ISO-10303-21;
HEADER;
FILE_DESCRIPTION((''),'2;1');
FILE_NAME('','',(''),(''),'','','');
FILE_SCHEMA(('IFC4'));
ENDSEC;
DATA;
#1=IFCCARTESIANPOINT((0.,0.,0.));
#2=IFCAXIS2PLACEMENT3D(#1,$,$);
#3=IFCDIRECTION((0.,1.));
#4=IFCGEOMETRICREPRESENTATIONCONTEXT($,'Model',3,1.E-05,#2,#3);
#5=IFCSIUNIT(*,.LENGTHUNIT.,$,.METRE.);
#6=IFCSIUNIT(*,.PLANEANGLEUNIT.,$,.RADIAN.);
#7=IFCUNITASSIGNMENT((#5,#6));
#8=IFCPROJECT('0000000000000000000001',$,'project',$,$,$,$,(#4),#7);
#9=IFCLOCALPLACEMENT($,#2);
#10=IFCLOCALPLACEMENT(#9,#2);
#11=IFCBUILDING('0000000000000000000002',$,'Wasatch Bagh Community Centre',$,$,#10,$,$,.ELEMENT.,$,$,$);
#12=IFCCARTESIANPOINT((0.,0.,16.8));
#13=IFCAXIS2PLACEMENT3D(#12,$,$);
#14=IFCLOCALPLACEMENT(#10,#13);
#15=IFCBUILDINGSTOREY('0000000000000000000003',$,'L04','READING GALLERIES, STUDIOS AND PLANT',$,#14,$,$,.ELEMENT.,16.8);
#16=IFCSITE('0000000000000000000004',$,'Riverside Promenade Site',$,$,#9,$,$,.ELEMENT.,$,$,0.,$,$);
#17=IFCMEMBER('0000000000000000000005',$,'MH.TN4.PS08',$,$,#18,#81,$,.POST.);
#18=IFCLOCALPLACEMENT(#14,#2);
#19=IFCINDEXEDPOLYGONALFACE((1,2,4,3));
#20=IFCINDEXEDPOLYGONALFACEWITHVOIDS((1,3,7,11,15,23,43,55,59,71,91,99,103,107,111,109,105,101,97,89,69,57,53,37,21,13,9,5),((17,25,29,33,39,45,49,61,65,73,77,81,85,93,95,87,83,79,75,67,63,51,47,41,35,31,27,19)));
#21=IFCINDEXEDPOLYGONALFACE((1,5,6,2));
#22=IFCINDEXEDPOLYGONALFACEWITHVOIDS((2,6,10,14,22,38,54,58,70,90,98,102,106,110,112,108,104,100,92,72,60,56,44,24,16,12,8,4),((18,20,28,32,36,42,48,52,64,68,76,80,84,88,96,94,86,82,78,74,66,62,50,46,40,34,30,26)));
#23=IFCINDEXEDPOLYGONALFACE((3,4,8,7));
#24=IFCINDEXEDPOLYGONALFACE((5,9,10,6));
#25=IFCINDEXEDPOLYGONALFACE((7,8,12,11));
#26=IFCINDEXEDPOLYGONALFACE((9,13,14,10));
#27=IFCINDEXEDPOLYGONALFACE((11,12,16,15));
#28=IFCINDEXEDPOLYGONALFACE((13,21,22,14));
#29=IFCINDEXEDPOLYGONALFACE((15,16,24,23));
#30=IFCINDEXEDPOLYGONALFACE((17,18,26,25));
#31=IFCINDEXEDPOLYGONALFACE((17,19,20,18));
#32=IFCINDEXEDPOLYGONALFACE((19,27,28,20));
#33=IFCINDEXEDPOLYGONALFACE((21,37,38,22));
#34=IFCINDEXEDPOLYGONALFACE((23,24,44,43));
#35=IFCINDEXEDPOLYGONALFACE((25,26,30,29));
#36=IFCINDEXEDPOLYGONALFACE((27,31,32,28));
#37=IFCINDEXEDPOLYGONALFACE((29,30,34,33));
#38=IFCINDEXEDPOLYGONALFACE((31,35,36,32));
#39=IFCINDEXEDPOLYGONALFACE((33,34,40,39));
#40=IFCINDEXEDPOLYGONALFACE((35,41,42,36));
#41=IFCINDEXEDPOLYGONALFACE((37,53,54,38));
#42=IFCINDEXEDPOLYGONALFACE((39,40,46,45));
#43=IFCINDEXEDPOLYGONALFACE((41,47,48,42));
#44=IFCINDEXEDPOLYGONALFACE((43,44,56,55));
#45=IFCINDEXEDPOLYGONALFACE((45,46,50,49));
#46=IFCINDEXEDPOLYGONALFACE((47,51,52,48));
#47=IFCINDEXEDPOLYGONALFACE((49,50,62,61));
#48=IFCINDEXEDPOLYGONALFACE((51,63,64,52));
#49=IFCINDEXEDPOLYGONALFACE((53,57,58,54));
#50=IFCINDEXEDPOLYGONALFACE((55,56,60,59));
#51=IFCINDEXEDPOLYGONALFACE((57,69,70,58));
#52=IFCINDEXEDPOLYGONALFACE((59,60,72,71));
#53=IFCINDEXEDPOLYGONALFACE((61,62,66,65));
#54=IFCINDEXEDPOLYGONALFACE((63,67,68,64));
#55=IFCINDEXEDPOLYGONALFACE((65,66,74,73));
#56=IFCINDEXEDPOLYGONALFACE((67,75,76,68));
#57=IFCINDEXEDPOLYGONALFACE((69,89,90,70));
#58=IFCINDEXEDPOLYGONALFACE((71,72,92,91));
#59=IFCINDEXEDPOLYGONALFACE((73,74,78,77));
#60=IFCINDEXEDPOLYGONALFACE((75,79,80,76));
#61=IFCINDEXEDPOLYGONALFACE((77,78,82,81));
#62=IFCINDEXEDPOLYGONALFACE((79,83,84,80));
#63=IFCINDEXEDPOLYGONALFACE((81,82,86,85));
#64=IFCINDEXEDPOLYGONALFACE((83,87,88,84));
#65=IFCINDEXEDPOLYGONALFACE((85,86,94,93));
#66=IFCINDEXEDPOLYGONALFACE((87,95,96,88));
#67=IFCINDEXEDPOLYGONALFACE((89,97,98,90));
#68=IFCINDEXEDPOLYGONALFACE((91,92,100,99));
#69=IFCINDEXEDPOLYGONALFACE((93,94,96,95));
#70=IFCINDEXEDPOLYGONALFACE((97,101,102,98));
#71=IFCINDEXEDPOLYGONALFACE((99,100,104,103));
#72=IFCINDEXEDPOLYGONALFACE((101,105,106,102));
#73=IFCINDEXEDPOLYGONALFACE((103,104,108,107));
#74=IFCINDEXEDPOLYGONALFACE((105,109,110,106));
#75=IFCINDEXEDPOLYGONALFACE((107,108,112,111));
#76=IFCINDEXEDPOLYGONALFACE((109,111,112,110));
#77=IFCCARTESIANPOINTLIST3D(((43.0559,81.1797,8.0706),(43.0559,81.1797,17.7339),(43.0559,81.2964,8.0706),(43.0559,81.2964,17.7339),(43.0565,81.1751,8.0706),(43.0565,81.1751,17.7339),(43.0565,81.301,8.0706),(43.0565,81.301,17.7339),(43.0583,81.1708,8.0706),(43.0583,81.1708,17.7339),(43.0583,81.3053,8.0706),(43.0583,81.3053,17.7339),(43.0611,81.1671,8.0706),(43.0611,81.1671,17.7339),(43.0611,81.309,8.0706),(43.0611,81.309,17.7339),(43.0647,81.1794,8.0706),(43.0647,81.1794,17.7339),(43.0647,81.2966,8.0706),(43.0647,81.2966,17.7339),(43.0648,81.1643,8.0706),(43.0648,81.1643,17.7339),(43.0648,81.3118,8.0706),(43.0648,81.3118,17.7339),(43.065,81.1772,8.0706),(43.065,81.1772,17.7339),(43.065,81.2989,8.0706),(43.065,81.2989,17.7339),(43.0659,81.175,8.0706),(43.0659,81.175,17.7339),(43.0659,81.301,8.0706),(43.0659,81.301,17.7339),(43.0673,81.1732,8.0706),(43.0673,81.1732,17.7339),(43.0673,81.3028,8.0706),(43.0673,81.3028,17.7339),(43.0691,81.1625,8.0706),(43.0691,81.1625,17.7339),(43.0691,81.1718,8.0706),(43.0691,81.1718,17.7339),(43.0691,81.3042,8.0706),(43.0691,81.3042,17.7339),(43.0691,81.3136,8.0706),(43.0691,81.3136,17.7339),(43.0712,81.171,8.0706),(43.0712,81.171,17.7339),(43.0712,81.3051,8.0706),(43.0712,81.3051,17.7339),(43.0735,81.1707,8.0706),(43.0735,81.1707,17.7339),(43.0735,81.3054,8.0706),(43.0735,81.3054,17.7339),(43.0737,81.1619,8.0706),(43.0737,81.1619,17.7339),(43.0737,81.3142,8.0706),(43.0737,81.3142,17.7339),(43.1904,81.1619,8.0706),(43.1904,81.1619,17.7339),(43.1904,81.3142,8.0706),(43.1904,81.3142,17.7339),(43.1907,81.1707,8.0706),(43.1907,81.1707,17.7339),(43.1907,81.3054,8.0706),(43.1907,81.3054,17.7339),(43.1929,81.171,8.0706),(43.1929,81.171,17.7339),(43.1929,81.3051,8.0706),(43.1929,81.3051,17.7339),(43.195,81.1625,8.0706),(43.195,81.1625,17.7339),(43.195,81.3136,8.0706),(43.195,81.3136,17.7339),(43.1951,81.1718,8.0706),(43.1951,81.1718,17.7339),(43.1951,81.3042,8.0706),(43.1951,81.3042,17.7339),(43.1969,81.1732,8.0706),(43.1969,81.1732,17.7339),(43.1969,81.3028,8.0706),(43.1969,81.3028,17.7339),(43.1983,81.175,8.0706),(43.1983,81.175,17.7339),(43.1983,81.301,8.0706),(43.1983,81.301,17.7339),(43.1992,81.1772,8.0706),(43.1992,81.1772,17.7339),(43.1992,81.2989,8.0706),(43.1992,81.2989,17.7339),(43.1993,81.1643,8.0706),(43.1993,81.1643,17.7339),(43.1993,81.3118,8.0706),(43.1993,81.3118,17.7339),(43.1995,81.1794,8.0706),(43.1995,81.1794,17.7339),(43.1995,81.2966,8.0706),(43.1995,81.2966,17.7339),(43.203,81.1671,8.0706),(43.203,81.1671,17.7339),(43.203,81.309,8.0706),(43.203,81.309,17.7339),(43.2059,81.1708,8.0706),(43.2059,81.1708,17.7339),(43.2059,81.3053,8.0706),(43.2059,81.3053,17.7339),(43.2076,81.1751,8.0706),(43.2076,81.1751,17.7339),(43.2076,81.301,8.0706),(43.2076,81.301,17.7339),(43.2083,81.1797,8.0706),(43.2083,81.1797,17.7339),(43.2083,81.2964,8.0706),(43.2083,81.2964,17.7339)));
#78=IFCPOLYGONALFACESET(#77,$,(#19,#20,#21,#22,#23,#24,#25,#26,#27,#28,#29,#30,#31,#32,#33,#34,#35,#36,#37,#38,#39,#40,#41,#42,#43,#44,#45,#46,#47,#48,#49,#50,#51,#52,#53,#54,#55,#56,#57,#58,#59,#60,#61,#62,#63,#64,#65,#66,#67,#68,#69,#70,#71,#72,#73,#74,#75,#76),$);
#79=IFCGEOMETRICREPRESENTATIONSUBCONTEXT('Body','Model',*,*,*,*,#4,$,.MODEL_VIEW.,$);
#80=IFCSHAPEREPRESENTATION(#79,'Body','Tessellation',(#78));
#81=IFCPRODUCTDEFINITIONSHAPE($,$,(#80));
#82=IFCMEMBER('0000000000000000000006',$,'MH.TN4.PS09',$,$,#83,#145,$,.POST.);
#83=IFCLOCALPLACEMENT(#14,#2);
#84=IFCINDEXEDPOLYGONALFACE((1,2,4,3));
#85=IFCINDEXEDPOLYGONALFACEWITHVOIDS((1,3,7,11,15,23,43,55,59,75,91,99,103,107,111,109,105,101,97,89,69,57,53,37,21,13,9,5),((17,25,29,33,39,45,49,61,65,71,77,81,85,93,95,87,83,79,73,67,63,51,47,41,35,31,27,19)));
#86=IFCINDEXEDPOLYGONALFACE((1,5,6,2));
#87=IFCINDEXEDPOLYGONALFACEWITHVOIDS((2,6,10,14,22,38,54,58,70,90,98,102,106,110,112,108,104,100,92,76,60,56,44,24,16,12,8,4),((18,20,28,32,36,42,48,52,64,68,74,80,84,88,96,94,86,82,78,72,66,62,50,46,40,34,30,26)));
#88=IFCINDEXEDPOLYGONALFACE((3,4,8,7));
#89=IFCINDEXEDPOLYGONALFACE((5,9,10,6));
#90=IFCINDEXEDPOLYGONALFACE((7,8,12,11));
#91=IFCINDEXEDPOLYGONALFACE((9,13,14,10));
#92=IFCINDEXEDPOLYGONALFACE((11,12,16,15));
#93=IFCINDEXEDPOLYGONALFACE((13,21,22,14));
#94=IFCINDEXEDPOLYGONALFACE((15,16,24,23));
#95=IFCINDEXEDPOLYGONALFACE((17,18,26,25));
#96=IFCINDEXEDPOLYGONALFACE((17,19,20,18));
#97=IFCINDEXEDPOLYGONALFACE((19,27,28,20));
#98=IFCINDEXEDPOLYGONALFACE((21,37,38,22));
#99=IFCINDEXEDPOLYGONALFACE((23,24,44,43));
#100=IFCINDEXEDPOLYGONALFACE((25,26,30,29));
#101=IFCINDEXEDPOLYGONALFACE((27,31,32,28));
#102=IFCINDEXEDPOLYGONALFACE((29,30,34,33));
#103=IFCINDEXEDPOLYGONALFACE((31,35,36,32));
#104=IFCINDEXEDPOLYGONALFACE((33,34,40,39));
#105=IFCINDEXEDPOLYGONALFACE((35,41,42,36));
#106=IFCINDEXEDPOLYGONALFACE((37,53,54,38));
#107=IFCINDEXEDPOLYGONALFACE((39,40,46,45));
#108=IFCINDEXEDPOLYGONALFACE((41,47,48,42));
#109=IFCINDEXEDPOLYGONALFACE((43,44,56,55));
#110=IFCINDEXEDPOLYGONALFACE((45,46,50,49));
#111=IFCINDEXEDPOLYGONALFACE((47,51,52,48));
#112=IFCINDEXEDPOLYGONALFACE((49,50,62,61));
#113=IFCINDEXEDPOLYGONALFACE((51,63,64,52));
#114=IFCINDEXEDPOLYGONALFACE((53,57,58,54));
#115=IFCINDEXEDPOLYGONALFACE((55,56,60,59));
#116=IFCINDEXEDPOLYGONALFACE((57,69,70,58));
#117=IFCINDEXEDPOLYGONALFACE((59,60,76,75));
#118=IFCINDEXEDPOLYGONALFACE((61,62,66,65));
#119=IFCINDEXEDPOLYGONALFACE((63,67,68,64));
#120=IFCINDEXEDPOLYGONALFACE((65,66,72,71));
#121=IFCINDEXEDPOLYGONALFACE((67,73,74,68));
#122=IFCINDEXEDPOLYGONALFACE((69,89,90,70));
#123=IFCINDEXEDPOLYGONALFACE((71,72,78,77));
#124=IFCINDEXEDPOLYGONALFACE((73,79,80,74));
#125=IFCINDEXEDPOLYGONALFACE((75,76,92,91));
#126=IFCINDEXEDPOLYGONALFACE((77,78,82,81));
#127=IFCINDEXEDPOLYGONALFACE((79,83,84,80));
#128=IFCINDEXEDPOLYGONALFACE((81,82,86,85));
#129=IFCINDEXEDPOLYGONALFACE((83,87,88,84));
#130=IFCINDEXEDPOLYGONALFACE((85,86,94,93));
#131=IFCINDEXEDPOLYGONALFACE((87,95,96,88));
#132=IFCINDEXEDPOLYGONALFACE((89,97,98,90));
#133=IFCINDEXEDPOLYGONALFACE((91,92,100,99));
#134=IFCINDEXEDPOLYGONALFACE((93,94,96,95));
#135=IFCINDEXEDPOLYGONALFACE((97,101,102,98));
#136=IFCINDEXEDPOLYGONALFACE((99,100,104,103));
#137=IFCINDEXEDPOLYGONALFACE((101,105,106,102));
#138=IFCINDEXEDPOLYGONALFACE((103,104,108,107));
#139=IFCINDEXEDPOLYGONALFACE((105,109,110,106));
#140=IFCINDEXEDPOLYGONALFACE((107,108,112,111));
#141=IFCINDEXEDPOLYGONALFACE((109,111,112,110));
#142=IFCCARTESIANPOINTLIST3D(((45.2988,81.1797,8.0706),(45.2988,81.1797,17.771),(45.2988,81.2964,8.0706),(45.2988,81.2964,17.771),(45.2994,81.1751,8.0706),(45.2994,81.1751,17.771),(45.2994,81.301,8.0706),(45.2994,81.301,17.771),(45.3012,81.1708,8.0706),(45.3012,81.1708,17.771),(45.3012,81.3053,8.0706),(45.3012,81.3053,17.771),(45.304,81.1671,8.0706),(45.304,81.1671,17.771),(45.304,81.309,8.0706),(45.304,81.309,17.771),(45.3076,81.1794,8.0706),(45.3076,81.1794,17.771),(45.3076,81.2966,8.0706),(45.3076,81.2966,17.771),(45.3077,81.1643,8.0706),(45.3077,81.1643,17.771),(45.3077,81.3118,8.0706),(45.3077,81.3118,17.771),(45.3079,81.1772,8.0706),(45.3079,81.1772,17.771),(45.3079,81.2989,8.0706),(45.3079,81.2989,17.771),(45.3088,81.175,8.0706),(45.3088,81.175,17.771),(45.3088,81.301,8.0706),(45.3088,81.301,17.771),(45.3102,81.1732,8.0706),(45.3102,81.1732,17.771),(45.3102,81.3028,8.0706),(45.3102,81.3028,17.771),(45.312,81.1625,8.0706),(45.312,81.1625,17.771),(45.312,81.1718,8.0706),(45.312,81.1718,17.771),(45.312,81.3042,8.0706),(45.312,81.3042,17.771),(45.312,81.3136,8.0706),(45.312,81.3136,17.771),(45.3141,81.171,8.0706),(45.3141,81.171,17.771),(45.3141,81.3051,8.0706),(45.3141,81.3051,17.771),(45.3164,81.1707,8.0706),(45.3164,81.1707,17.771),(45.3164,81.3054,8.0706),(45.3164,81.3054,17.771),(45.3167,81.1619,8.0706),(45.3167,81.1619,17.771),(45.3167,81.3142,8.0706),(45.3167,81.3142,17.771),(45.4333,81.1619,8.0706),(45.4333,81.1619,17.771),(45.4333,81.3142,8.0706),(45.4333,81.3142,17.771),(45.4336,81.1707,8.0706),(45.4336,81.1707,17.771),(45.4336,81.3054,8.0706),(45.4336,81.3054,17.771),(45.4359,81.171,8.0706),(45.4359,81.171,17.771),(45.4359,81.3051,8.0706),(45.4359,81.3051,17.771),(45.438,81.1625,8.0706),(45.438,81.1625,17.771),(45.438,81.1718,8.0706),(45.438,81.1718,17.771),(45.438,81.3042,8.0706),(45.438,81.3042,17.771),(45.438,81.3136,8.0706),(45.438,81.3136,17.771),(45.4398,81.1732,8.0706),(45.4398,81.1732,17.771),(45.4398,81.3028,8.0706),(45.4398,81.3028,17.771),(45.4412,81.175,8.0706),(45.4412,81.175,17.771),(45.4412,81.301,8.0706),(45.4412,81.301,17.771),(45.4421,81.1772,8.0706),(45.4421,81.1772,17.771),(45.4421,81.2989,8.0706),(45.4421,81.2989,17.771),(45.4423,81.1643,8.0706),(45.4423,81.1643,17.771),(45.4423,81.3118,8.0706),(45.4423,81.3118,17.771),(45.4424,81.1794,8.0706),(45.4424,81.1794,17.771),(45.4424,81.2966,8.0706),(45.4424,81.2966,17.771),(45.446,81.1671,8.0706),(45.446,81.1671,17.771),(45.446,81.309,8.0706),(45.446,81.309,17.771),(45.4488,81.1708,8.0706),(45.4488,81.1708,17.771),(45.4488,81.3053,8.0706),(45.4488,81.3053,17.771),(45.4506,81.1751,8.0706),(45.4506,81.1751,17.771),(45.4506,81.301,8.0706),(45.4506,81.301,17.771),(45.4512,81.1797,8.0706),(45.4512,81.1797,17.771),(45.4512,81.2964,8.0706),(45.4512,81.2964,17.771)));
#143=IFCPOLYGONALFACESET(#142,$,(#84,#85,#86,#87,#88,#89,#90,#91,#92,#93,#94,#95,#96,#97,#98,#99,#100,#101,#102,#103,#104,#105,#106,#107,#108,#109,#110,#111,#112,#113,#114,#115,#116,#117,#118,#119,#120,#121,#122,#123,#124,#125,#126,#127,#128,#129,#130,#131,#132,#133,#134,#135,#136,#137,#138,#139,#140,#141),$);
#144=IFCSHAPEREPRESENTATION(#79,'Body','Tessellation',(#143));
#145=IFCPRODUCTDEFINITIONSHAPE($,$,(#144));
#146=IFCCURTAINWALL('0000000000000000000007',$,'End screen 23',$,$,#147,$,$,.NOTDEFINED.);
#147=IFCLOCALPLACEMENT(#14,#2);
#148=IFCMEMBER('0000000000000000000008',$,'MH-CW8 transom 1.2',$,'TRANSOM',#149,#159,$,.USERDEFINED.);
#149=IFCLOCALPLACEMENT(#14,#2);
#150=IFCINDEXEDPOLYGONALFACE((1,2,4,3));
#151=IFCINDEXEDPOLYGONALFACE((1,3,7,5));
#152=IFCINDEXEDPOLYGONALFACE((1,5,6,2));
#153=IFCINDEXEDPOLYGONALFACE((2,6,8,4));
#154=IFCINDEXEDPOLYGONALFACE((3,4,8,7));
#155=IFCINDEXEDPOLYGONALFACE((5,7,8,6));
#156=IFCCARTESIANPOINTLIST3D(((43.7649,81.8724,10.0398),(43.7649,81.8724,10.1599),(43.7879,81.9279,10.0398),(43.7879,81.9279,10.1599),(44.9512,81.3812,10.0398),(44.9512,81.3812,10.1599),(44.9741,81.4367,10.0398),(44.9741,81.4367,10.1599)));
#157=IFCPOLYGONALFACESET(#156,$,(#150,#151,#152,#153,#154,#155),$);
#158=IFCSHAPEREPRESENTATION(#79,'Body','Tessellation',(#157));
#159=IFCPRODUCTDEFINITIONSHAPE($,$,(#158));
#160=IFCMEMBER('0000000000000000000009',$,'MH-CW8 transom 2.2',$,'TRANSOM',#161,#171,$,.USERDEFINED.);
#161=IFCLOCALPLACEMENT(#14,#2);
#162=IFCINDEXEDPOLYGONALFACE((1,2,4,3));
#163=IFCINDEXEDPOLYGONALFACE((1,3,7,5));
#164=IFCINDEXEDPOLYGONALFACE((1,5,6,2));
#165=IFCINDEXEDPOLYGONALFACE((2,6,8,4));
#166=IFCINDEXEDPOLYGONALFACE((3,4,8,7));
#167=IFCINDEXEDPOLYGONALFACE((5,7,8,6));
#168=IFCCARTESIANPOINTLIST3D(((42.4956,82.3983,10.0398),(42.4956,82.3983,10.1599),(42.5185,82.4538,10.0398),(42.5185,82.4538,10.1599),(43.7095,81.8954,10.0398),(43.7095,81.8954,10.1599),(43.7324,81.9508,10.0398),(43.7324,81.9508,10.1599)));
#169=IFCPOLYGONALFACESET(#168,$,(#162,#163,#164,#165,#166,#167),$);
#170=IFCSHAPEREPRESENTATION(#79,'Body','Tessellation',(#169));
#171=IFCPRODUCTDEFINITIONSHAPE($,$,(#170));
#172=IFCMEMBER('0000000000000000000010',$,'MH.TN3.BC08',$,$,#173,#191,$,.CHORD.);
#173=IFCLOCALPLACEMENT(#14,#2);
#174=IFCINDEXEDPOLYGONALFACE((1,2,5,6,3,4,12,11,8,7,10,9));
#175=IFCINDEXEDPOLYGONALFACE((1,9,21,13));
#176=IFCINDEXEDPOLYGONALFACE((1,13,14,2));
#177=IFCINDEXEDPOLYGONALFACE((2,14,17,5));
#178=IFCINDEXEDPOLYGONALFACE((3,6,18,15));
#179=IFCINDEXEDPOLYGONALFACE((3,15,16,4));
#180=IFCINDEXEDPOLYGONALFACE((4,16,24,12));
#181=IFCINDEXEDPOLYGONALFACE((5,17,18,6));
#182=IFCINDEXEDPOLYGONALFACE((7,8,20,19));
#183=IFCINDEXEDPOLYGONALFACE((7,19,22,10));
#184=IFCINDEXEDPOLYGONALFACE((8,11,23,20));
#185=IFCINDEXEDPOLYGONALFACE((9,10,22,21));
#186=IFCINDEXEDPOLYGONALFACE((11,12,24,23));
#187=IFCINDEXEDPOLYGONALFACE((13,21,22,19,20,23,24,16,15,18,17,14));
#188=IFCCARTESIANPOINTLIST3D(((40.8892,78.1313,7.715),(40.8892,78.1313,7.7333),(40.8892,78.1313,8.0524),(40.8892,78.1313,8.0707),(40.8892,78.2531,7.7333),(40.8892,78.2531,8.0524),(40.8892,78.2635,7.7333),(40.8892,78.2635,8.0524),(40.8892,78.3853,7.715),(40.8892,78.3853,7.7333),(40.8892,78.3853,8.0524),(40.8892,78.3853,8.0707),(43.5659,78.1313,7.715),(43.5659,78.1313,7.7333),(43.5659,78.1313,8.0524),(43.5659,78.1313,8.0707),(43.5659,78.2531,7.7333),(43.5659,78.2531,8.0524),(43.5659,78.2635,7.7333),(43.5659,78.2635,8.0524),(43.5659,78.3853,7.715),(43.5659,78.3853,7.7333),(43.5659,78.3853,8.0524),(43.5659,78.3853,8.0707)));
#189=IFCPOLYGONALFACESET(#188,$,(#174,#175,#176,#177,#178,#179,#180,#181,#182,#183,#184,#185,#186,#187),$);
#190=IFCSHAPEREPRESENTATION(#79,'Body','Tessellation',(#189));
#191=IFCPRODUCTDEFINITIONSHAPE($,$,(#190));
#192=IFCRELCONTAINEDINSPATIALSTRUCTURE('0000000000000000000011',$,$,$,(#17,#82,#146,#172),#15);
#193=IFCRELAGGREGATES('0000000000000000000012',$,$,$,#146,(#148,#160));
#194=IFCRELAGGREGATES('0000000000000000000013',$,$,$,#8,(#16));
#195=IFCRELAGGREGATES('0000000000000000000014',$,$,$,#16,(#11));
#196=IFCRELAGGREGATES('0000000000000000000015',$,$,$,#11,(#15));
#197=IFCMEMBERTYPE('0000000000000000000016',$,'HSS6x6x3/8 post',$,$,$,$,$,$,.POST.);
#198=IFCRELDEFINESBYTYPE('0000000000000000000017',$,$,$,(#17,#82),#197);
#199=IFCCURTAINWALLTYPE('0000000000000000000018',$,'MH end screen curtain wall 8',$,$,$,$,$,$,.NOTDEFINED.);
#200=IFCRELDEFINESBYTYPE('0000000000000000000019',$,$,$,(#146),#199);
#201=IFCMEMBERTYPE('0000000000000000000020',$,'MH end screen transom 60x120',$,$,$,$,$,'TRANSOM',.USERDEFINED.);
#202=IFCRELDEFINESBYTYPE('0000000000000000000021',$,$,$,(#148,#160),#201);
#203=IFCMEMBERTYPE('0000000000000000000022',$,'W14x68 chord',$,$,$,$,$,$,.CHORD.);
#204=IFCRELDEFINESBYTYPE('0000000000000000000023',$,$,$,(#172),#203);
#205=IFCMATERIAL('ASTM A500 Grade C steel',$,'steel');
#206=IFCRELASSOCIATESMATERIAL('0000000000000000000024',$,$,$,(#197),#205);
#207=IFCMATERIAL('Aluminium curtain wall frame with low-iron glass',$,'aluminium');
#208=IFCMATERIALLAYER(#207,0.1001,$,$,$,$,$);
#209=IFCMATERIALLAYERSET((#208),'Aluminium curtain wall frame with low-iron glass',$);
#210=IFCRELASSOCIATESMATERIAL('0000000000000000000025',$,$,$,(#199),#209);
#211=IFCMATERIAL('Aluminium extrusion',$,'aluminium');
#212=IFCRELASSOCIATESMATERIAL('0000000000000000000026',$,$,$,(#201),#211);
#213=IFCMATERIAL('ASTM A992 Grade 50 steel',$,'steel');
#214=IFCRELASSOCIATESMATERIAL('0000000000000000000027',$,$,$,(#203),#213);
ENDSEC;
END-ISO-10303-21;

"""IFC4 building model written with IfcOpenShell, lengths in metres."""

from ifc_helpers import new_model, si_unit, direction, frame, origin, origin_2d, place, context, subcontext, project, spatial, rectangle, hollow_rectangle, i_section, extrude, material, layer, layer_set, material_profile, profile_set, type_object, element, aggregate, save


model = new_model("IFC4")

# Units and contexts
model_context = context("Model", 3, precision=1e-05, world=origin(), true_north=direction((0.0, 1.0)))
body_context = subcontext(model_context, "Body", "Model", "MODEL_VIEW")
ifc_project = project(units=[si_unit("LENGTHUNIT", "METRE"), si_unit("PLANEANGLEUNIT", "RADIAN")], contexts=[model_context])

# Site, building, storey
site_placement = place(None, origin())
site = spatial("IfcSite", under=ifc_project, at=site_placement, Name="Riverside Promenade Site", CompositionType="ELEMENT", RefElevation=0.0)
building_placement = place(site_placement, origin())
building = spatial("IfcBuilding", under=site, at=building_placement, Name="Wasatch Bagh Community Centre", CompositionType="ELEMENT")
storey_placement = place(building_placement, frame((0.0, 0.0, 16.8)))
storey = spatial("IfcBuildingStorey", under=building, at=storey_placement, Name="L04", Description="READING GALLERIES, STUDIOS AND PLANT", CompositionType="ELEMENT", Elevation=16.8)

# Members
ifc_material_1 = material(Name="ASTM A500 Grade C steel", Category="steel")
ifc_material_profile_1 = material_profile(ifc_material_1, hollow_rectangle(XDim=0.1523, YDim=0.1523, WallThickness=0.0088, InnerFilletRadius=0.0088, OuterFilletRadius=0.0178, at=origin_2d()), Name="HSS6x6x3/8")
ifc_profile_set_1 = profile_set([ifc_material_profile_1], Name="ASTM A500 Grade C steel")
member_type_1 = type_object("IfcMemberType", Name="HSS6x6x3/8 post", PredefinedType="POST", material=ifc_profile_set_1)
member_1_placement = place(storey_placement, frame((43.1321, 81.238, 8.0706), z_axis=(0.0, 0.0, 1.0), x_axis=(1.0, 0.0, 0.0)))
element("IfcMember", 1, at=member_1_placement, inside=storey, type_object=member_type_1, Name="MH.TN4.PS08", PredefinedType="POST", context=body_context, shape_type="SweptSolid", body=[
    extrude(hollow_rectangle(XDim=0.1523, YDim=0.1523, WallThickness=0.0088, InnerFilletRadius=0.0088, OuterFilletRadius=0.0178, at=origin_2d()), origin(), (0.0, 0.0, 1.0), 9.6633),
])
member_2_placement = place(storey_placement, frame((45.375, 81.238, 8.0706), z_axis=(0.0, 0.0, 1.0), x_axis=(1.0, 0.0, 0.0)))
element("IfcMember", 2, at=member_2_placement, inside=storey, type_object=member_type_1, Name="MH.TN4.PS09", PredefinedType="POST", context=body_context, shape_type="SweptSolid", body=[
    extrude(hollow_rectangle(XDim=0.1523, YDim=0.1523, WallThickness=0.0088, InnerFilletRadius=0.0088, OuterFilletRadius=0.0178, at=origin_2d()), origin(), (0.0, 0.0, 1.0), 9.7004),
])

# Curtain wall, members
ifc_material_2 = material(Name="Aluminium curtain wall frame with low-iron glass", Category="aluminium")
ifc_layer_1 = layer(ifc_material_2, 0.1001)
ifc_layer_set_1 = layer_set([ifc_layer_1], Name="Aluminium curtain wall frame with low-iron glass")
curtain_wall_type = type_object("IfcCurtainWallType", Name="MH end screen curtain wall 8", PredefinedType="NOTDEFINED", material=ifc_layer_set_1)
curtain_wall_placement = place(storey_placement, origin())
curtain_wall = element("IfcCurtainWall", 3, at=curtain_wall_placement, inside=storey, type_object=curtain_wall_type, Name="End screen 23", PredefinedType="NOTDEFINED")
ifc_material_3 = material(Name="Aluminium extrusion", Category="aluminium")
ifc_material_profile_2 = material_profile(ifc_material_3, rectangle(XDim=0.0601, YDim=0.1201, at=origin_2d()), Name="AL 60x120")
ifc_profile_set_2 = profile_set([ifc_material_profile_2], Name="Aluminium extrusion")
member_type_2 = type_object("IfcMemberType", Name="MH end screen transom 60x120", ElementType="TRANSOM", PredefinedType="USERDEFINED", material=ifc_profile_set_2)
member_3_placement = place(storey_placement, frame((44.9626, 81.4089, 10.0999), z_axis=(-0.923924, 0.382576, 0.0), x_axis=(-0.382576, -0.923924, 0.0)))
member_3 = element("IfcMember", 4, at=member_3_placement, type_object=member_type_2, Name="MH-CW8 transom 1.2", ObjectType="TRANSOM", PredefinedType="USERDEFINED", context=body_context, shape_type="SweptSolid", body=[
    extrude(rectangle(XDim=0.0601, YDim=0.1201, at=origin_2d()), origin(), (0.0, 0.0, 1.0), 1.2839),
])
member_4_placement = place(storey_placement, frame((43.7209, 81.9231, 10.0999), z_axis=(-0.923845, 0.382768, 0.0), x_axis=(-0.382768, -0.923845, 0.0)))
member_4 = element("IfcMember", 5, at=member_4_placement, type_object=member_type_2, Name="MH-CW8 transom 2.2", ObjectType="TRANSOM", PredefinedType="USERDEFINED", context=body_context, shape_type="SweptSolid", body=[
    extrude(rectangle(XDim=0.0601, YDim=0.1201, at=origin_2d()), origin(), (0.0, 0.0, 1.0), 1.314),
])

# Member
ifc_material_4 = material(Name="ASTM A992 Grade 50 steel", Category="steel")
ifc_material_profile_3 = material_profile(ifc_material_4, i_section(OverallWidth=0.2539, OverallDepth=0.3557, WebThickness=0.0105, FlangeThickness=0.0183, at=origin_2d()), Name="W14x68")
ifc_profile_set_3 = profile_set([ifc_material_profile_3], Name="ASTM A992 Grade 50 steel")
member_type_3 = type_object("IfcMemberType", Name="W14x68 chord", PredefinedType="CHORD", material=ifc_profile_set_3)
member_5_placement = place(storey_placement, frame((40.8892, 78.2583, 7.8928), z_axis=(1.0, 0.0, 0.0), x_axis=(0.0, 1.0, 0.0)))
element("IfcMember", 6, at=member_5_placement, inside=storey, type_object=member_type_3, Name="MH.TN3.BC08", PredefinedType="CHORD", context=body_context, shape_type="SweptSolid", body=[
    extrude(i_section(OverallWidth=0.2539, OverallDepth=0.3557, WebThickness=0.0105, FlangeThickness=0.0183, at=origin_2d()), origin(), (0.0, 0.0, 1.0), 2.6768),
])

aggregate(curtain_wall, [member_3, member_4])

save(model, "model.ifc")
